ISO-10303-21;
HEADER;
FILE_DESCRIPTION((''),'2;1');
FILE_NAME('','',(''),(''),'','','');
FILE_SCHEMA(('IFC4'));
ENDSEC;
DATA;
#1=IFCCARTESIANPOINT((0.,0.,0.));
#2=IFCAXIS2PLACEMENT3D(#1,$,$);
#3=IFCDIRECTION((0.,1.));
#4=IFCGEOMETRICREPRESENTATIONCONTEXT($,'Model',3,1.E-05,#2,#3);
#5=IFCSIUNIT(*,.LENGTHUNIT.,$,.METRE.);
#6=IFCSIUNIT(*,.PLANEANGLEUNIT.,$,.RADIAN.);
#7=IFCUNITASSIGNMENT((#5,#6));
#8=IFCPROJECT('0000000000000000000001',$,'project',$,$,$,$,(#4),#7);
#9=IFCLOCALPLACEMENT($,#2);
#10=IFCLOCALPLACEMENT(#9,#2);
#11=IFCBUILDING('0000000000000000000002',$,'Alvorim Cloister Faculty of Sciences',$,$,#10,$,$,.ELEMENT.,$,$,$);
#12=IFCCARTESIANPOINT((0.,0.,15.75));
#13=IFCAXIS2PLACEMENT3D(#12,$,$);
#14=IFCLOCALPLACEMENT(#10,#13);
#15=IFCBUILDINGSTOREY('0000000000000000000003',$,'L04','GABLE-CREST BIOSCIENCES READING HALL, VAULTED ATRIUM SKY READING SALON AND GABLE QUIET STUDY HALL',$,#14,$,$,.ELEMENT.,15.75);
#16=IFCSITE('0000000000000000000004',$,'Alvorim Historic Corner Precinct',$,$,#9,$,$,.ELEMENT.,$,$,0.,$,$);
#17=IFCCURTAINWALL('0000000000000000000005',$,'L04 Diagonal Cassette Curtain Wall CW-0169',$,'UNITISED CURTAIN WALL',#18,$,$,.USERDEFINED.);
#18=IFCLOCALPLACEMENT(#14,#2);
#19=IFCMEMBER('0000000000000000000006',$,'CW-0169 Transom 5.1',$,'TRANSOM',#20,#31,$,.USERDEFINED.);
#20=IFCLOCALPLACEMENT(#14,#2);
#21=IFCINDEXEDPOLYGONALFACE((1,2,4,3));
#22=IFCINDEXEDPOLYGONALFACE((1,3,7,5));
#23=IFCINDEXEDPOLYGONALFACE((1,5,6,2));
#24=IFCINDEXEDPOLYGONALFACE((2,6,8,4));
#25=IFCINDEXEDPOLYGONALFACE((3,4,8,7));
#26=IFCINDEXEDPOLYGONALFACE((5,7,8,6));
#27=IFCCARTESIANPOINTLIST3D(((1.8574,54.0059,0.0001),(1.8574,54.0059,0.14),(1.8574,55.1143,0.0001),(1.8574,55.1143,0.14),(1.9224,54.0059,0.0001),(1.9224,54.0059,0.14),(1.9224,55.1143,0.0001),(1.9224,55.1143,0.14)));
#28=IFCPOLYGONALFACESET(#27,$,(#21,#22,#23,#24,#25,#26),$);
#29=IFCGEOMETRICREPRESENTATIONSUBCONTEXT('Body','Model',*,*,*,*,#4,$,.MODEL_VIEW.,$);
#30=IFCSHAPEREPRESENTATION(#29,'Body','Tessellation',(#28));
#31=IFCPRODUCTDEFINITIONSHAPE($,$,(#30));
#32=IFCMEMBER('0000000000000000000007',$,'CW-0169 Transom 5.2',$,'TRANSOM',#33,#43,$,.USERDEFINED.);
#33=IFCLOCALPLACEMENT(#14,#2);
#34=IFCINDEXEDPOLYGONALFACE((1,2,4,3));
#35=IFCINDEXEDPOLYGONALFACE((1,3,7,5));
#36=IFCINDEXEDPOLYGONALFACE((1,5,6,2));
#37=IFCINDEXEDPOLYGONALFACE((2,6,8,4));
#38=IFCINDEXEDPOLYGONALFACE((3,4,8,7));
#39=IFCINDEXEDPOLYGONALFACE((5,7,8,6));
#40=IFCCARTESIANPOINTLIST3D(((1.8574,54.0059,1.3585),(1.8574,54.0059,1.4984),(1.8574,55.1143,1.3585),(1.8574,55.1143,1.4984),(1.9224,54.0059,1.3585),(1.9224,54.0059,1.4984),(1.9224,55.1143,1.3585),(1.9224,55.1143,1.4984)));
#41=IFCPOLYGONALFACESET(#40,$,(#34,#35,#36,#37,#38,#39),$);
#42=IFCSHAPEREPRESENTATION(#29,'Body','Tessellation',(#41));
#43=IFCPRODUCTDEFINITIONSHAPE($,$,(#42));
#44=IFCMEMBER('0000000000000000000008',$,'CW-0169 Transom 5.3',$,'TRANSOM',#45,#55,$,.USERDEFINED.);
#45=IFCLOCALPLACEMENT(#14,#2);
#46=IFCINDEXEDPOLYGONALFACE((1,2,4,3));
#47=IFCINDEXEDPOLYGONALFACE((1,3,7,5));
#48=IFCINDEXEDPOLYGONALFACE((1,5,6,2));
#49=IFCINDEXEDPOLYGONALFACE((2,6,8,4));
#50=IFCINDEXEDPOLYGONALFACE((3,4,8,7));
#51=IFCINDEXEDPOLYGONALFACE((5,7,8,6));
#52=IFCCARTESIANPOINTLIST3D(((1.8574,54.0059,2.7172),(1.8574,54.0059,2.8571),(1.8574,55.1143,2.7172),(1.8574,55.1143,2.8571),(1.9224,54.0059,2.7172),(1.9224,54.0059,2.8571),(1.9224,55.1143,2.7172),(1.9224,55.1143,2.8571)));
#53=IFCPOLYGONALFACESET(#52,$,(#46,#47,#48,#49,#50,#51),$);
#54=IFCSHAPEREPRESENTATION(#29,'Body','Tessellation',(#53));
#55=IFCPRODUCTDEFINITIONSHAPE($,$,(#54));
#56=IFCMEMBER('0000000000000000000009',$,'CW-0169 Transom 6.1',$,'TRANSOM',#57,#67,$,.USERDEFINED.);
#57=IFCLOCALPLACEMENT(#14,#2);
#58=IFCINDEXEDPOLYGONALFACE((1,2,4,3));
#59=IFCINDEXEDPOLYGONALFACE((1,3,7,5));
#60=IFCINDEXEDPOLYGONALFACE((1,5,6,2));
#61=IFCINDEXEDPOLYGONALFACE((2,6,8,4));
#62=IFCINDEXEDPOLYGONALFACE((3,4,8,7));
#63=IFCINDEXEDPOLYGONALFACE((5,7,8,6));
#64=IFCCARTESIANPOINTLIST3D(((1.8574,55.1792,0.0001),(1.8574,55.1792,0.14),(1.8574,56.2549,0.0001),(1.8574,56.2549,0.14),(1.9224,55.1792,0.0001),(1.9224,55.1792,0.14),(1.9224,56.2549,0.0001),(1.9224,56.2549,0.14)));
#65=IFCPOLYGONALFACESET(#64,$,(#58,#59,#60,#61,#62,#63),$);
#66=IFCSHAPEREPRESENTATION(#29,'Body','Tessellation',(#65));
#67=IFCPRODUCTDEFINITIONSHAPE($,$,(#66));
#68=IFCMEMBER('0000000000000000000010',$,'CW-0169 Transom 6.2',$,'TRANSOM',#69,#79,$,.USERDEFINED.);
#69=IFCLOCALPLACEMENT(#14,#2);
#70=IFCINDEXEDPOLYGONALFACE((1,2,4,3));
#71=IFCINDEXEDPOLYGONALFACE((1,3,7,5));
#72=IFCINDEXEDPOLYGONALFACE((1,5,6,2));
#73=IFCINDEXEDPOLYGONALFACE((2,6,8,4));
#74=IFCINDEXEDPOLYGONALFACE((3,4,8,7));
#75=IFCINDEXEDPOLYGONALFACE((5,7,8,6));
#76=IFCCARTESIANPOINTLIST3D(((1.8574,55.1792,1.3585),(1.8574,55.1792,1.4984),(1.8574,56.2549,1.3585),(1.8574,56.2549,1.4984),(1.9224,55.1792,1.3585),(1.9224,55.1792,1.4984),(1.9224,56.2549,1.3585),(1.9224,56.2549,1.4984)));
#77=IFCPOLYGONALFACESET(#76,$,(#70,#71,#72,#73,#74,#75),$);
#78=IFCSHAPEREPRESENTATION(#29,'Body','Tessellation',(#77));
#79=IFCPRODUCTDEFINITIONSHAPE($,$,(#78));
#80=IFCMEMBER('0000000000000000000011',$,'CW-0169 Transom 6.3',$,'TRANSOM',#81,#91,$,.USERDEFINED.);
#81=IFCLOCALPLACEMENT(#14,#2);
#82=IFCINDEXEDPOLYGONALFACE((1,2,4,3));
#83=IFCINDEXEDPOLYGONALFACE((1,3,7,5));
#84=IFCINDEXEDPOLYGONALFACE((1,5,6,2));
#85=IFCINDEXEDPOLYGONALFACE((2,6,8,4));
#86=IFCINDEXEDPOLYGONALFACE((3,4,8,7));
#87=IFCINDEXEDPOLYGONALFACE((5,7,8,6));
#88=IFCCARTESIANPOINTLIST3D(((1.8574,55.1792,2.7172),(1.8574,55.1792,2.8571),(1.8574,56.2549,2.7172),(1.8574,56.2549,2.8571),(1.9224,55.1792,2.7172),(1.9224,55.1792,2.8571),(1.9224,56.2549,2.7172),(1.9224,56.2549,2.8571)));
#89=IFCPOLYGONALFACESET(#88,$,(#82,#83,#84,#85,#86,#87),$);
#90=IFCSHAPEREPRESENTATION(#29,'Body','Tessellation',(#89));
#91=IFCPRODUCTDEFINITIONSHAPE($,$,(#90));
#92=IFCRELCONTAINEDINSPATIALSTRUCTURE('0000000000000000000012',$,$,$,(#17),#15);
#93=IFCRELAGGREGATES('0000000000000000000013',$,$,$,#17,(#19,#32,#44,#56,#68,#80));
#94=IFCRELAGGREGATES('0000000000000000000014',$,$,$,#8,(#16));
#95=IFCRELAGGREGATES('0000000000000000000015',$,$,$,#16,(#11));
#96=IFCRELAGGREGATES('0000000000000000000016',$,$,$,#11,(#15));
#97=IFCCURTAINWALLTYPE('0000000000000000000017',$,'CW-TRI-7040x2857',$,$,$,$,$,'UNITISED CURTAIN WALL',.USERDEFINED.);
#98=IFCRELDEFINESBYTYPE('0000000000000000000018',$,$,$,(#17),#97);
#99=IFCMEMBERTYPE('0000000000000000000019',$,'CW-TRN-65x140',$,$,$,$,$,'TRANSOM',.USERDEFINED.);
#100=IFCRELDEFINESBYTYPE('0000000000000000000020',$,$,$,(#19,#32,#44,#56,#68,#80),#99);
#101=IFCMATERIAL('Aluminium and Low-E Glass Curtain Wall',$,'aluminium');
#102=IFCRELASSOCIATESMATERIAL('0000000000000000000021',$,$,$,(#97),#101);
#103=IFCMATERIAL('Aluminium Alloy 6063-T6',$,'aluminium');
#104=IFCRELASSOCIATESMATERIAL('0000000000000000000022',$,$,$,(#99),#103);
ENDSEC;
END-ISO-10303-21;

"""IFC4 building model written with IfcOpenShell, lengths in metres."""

from ifc_helpers import new_model, si_unit, direction, frame, origin, origin_2d, place, context, subcontext, project, spatial, rectangle, extrude, material, material_profile, profile_set, type_object, element, aggregate, save


model = new_model("IFC4")

# Units and contexts
model_context = context("Model", 3, precision=1e-05, world=origin(), true_north=direction((0.0, 1.0)))
body_context = subcontext(model_context, "Body", "Model", "MODEL_VIEW")
ifc_project = project(units=[si_unit("LENGTHUNIT", "METRE"), si_unit("PLANEANGLEUNIT", "RADIAN")], contexts=[model_context])

# Site, building, storey
site_placement = place(None, origin())
site = spatial("IfcSite", under=ifc_project, at=site_placement, Name="Alvorim Historic Corner Precinct", CompositionType="ELEMENT", RefElevation=0.0)
building_placement = place(site_placement, origin())
building = spatial("IfcBuilding", under=site, at=building_placement, Name="Alvorim Cloister Faculty of Sciences", CompositionType="ELEMENT")
storey_placement = place(building_placement, frame((0.0, 0.0, 15.75)))
storey = spatial("IfcBuildingStorey", under=building, at=storey_placement, Name="L04", Description="GABLE-CREST BIOSCIENCES READING HALL, VAULTED ATRIUM SKY READING SALON AND GABLE QUIET STUDY HALL", CompositionType="ELEMENT", Elevation=15.75)

# Curtain wall, members
ifc_material_1 = material(Name="Aluminium and Low-E Glass Curtain Wall", Category="aluminium")
curtain_wall_type = type_object("IfcCurtainWallType", Name="CW-TRI-7040x2857", ElementType="UNITISED CURTAIN WALL", PredefinedType="USERDEFINED", material=ifc_material_1)
curtain_wall_placement = place(storey_placement, origin())
curtain_wall = element("IfcCurtainWall", 1, at=curtain_wall_placement, inside=storey, type_object=curtain_wall_type, Name="L04 Diagonal Cassette Curtain Wall CW-0169", ObjectType="UNITISED CURTAIN WALL", PredefinedType="USERDEFINED")
ifc_material_2 = material(Name="Aluminium Alloy 6063-T6", Category="aluminium")
ifc_material_profile_1 = material_profile(ifc_material_2, rectangle(XDim=0.0649, YDim=0.1399, at=origin_2d()), Name="ALU-TRN-65x140")
ifc_profile_set_1 = profile_set([ifc_material_profile_1], Name="Aluminium Alloy 6063-T6")
member_type_1 = type_object("IfcMemberType", Name="CW-TRN-65x140", ElementType="TRANSOM", PredefinedType="USERDEFINED", material=ifc_profile_set_1)
member_1_placement = place(storey_placement, frame((1.8899, 54.0059, 0.0701), z_axis=(0.0, 1.0, 0.0), x_axis=(-1.0, 0.0, 0.0)))
member_1 = element("IfcMember", 2, at=member_1_placement, type_object=member_type_1, Name="CW-0169 Transom 5.1", ObjectType="TRANSOM", PredefinedType="USERDEFINED", context=body_context, shape_type="SweptSolid", body=[
    extrude(rectangle(XDim=0.0649, YDim=0.1399, at=origin_2d()), origin(), (0.0, 0.0, 1.0), 1.1084),
])
member_2_placement = place(storey_placement, frame((1.8899, 54.0059, 1.4285), z_axis=(0.0, 1.0, 0.0), x_axis=(-1.0, 0.0, 0.0)))
member_2 = element("IfcMember", 3, at=member_2_placement, type_object=member_type_1, Name="CW-0169 Transom 5.2", ObjectType="TRANSOM", PredefinedType="USERDEFINED", context=body_context, shape_type="SweptSolid", body=[
    extrude(rectangle(XDim=0.0649, YDim=0.1399, at=origin_2d()), origin(), (0.0, 0.0, 1.0), 1.1084),
])
member_3_placement = place(storey_placement, frame((1.8899, 54.0059, 2.7871), z_axis=(0.0, 1.0, 0.0), x_axis=(-1.0, 0.0, 0.0)))
member_3 = element("IfcMember", 4, at=member_3_placement, type_object=member_type_1, Name="CW-0169 Transom 5.3", ObjectType="TRANSOM", PredefinedType="USERDEFINED", context=body_context, shape_type="SweptSolid", body=[
    extrude(rectangle(XDim=0.0649, YDim=0.1399, at=origin_2d()), origin(), (0.0, 0.0, 1.0), 1.1084),
])
member_4_placement = place(storey_placement, frame((1.8899, 55.1792, 0.0701), z_axis=(0.0, 1.0, 0.0), x_axis=(-1.0, 0.0, 0.0)))
member_4 = element("IfcMember", 5, at=member_4_placement, type_object=member_type_1, Name="CW-0169 Transom 6.1", ObjectType="TRANSOM", PredefinedType="USERDEFINED", context=body_context, shape_type="SweptSolid", body=[
    extrude(rectangle(XDim=0.0649, YDim=0.1399, at=origin_2d()), origin(), (0.0, 0.0, 1.0), 1.0757),
])
member_5_placement = place(storey_placement, frame((1.8899, 55.1792, 1.4285), z_axis=(0.0, 1.0, 0.0), x_axis=(-1.0, 0.0, 0.0)))
member_5 = element("IfcMember", 6, at=member_5_placement, type_object=member_type_1, Name="CW-0169 Transom 6.2", ObjectType="TRANSOM", PredefinedType="USERDEFINED", context=body_context, shape_type="SweptSolid", body=[
    extrude(rectangle(XDim=0.0649, YDim=0.1399, at=origin_2d()), origin(), (0.0, 0.0, 1.0), 1.0757),
])
member_6_placement = place(storey_placement, frame((1.8899, 55.1792, 2.7871), z_axis=(0.0, 1.0, 0.0), x_axis=(-1.0, 0.0, 0.0)))
member_6 = element("IfcMember", 7, at=member_6_placement, type_object=member_type_1, Name="CW-0169 Transom 6.3", ObjectType="TRANSOM", PredefinedType="USERDEFINED", context=body_context, shape_type="SweptSolid", body=[
    extrude(rectangle(XDim=0.0649, YDim=0.1399, at=origin_2d()), origin(), (0.0, 0.0, 1.0), 1.0757),
])
aggregate(curtain_wall, [member_1, member_2, member_3, member_4, member_5, member_6])

save(model, "model.ifc")
